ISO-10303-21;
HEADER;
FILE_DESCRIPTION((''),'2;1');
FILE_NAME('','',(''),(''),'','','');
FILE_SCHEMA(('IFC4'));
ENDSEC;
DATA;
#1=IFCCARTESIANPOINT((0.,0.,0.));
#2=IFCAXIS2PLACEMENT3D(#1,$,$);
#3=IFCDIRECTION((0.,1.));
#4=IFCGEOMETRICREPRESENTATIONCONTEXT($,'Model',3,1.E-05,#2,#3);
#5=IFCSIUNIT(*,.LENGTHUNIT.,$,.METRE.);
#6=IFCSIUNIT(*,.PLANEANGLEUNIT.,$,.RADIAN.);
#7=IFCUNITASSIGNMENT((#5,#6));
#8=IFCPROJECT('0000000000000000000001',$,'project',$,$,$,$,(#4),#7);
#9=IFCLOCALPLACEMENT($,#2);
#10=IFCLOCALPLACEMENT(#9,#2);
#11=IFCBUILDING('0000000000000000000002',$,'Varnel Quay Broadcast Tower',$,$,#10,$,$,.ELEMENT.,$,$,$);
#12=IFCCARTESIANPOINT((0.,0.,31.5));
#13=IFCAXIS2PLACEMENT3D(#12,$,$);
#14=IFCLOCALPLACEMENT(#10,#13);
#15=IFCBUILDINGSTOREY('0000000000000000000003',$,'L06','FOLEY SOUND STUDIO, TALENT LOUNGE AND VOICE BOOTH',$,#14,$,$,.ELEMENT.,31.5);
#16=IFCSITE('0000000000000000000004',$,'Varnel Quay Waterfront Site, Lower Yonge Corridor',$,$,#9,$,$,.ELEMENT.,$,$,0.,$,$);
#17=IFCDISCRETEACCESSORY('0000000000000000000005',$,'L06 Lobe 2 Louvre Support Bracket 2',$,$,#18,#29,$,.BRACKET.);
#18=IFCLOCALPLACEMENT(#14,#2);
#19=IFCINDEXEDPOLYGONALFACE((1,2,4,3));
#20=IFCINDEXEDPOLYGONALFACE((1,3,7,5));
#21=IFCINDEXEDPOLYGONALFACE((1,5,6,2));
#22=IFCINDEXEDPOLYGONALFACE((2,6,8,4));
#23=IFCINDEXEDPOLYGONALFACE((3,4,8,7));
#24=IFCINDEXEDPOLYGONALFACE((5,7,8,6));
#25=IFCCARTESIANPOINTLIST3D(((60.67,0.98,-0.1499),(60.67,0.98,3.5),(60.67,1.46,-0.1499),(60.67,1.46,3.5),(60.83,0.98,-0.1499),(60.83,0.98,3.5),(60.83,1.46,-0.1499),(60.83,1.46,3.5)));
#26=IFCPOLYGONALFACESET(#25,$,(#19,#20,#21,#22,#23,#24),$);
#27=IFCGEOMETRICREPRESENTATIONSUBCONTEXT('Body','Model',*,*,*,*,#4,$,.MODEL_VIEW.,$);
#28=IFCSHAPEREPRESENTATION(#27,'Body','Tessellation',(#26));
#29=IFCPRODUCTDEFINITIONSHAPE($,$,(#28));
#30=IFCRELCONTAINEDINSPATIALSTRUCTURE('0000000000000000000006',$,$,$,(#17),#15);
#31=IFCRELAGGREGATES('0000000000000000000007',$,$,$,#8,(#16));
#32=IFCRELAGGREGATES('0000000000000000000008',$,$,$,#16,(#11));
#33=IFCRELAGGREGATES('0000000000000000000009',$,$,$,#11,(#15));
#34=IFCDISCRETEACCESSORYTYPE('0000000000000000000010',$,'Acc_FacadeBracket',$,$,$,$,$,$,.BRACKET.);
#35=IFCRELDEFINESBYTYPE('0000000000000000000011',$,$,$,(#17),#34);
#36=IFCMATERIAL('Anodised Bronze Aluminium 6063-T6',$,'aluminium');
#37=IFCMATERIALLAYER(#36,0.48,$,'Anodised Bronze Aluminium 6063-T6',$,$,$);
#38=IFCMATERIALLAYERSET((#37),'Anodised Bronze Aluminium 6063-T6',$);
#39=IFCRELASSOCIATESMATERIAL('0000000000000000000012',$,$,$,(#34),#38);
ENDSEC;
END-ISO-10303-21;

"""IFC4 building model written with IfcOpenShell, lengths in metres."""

from ifc_helpers import new_model, si_unit, direction, frame, origin, origin_2d, place, context, subcontext, project, spatial, rectangle, extrude, source, transform, mapped, material, layer, layer_set, type_object, type_shapes, element, save


model = new_model("IFC4")

# Units and contexts
model_context = context("Model", 3, precision=1e-05, world=origin(), true_north=direction((0.0, 1.0)))
body_context = subcontext(model_context, "Body", "Model", "MODEL_VIEW")
ifc_project = project(units=[si_unit("LENGTHUNIT", "METRE"), si_unit("PLANEANGLEUNIT", "RADIAN")], contexts=[model_context])

# Site, building, storey
site_placement = place(None, origin())
site = spatial("IfcSite", under=ifc_project, at=site_placement, Name="Varnel Quay Waterfront Site, Lower Yonge Corridor", CompositionType="ELEMENT", RefElevation=0.0)
building_placement = place(site_placement, origin())
building = spatial("IfcBuilding", under=site, at=building_placement, Name="Varnel Quay Broadcast Tower", CompositionType="ELEMENT")
storey_placement = place(building_placement, frame((0.0, 0.0, 31.5)))
storey = spatial("IfcBuildingStorey", under=building, at=storey_placement, Name="L06", Description="FOLEY SOUND STUDIO, TALENT LOUNGE AND VOICE BOOTH", CompositionType="ELEMENT", Elevation=31.5)

# Shared definitions
ifc_material_1 = material(Name="Anodised Bronze Aluminium 6063-T6", Category="aluminium")

# Discrete accessory
ifc_layer_1 = layer(ifc_material_1, 0.48, Name="Anodised Bronze Aluminium 6063-T6")
ifc_layer_set_1 = layer_set([ifc_layer_1], Name="Anodised Bronze Aluminium 6063-T6")
discrete_accessory_type = type_object("IfcDiscreteAccessoryType", Name="Acc_FacadeBracket", PredefinedType="BRACKET", material=ifc_layer_set_1)
shared_shape_1 = source(origin(), body_context, "Body", "SweptSolid", [
    extrude(rectangle(XDim=0.1599, YDim=0.48, at=origin_2d()), origin(), (0.0, 0.0, 1.0), 3.6499),
])
type_shapes(discrete_accessory_type, [shared_shape_1])
discrete_accessory_placement = place(storey_placement, frame((60.75, 1.22, -0.1499), z_axis=(0.0, 0.0, 1.0), x_axis=(1.0, 0.0, 0.0)))
element("IfcDiscreteAccessory", 1, at=discrete_accessory_placement, inside=storey, type_object=discrete_accessory_type, Name="L06 Lobe 2 Louvre Support Bracket 2", PredefinedType="BRACKET", context=body_context, shape_type="MappedRepresentation", body=[
    mapped(shared_shape_1, transform((0.0, 0.0, 0.0), x_axis=(1.0, 0.0, 0.0), y_axis=(0.0, 1.0, 0.0), z_axis=(0.0, 0.0, 1.0), scale=1.0)),
])

save(model, "model.ifc")
